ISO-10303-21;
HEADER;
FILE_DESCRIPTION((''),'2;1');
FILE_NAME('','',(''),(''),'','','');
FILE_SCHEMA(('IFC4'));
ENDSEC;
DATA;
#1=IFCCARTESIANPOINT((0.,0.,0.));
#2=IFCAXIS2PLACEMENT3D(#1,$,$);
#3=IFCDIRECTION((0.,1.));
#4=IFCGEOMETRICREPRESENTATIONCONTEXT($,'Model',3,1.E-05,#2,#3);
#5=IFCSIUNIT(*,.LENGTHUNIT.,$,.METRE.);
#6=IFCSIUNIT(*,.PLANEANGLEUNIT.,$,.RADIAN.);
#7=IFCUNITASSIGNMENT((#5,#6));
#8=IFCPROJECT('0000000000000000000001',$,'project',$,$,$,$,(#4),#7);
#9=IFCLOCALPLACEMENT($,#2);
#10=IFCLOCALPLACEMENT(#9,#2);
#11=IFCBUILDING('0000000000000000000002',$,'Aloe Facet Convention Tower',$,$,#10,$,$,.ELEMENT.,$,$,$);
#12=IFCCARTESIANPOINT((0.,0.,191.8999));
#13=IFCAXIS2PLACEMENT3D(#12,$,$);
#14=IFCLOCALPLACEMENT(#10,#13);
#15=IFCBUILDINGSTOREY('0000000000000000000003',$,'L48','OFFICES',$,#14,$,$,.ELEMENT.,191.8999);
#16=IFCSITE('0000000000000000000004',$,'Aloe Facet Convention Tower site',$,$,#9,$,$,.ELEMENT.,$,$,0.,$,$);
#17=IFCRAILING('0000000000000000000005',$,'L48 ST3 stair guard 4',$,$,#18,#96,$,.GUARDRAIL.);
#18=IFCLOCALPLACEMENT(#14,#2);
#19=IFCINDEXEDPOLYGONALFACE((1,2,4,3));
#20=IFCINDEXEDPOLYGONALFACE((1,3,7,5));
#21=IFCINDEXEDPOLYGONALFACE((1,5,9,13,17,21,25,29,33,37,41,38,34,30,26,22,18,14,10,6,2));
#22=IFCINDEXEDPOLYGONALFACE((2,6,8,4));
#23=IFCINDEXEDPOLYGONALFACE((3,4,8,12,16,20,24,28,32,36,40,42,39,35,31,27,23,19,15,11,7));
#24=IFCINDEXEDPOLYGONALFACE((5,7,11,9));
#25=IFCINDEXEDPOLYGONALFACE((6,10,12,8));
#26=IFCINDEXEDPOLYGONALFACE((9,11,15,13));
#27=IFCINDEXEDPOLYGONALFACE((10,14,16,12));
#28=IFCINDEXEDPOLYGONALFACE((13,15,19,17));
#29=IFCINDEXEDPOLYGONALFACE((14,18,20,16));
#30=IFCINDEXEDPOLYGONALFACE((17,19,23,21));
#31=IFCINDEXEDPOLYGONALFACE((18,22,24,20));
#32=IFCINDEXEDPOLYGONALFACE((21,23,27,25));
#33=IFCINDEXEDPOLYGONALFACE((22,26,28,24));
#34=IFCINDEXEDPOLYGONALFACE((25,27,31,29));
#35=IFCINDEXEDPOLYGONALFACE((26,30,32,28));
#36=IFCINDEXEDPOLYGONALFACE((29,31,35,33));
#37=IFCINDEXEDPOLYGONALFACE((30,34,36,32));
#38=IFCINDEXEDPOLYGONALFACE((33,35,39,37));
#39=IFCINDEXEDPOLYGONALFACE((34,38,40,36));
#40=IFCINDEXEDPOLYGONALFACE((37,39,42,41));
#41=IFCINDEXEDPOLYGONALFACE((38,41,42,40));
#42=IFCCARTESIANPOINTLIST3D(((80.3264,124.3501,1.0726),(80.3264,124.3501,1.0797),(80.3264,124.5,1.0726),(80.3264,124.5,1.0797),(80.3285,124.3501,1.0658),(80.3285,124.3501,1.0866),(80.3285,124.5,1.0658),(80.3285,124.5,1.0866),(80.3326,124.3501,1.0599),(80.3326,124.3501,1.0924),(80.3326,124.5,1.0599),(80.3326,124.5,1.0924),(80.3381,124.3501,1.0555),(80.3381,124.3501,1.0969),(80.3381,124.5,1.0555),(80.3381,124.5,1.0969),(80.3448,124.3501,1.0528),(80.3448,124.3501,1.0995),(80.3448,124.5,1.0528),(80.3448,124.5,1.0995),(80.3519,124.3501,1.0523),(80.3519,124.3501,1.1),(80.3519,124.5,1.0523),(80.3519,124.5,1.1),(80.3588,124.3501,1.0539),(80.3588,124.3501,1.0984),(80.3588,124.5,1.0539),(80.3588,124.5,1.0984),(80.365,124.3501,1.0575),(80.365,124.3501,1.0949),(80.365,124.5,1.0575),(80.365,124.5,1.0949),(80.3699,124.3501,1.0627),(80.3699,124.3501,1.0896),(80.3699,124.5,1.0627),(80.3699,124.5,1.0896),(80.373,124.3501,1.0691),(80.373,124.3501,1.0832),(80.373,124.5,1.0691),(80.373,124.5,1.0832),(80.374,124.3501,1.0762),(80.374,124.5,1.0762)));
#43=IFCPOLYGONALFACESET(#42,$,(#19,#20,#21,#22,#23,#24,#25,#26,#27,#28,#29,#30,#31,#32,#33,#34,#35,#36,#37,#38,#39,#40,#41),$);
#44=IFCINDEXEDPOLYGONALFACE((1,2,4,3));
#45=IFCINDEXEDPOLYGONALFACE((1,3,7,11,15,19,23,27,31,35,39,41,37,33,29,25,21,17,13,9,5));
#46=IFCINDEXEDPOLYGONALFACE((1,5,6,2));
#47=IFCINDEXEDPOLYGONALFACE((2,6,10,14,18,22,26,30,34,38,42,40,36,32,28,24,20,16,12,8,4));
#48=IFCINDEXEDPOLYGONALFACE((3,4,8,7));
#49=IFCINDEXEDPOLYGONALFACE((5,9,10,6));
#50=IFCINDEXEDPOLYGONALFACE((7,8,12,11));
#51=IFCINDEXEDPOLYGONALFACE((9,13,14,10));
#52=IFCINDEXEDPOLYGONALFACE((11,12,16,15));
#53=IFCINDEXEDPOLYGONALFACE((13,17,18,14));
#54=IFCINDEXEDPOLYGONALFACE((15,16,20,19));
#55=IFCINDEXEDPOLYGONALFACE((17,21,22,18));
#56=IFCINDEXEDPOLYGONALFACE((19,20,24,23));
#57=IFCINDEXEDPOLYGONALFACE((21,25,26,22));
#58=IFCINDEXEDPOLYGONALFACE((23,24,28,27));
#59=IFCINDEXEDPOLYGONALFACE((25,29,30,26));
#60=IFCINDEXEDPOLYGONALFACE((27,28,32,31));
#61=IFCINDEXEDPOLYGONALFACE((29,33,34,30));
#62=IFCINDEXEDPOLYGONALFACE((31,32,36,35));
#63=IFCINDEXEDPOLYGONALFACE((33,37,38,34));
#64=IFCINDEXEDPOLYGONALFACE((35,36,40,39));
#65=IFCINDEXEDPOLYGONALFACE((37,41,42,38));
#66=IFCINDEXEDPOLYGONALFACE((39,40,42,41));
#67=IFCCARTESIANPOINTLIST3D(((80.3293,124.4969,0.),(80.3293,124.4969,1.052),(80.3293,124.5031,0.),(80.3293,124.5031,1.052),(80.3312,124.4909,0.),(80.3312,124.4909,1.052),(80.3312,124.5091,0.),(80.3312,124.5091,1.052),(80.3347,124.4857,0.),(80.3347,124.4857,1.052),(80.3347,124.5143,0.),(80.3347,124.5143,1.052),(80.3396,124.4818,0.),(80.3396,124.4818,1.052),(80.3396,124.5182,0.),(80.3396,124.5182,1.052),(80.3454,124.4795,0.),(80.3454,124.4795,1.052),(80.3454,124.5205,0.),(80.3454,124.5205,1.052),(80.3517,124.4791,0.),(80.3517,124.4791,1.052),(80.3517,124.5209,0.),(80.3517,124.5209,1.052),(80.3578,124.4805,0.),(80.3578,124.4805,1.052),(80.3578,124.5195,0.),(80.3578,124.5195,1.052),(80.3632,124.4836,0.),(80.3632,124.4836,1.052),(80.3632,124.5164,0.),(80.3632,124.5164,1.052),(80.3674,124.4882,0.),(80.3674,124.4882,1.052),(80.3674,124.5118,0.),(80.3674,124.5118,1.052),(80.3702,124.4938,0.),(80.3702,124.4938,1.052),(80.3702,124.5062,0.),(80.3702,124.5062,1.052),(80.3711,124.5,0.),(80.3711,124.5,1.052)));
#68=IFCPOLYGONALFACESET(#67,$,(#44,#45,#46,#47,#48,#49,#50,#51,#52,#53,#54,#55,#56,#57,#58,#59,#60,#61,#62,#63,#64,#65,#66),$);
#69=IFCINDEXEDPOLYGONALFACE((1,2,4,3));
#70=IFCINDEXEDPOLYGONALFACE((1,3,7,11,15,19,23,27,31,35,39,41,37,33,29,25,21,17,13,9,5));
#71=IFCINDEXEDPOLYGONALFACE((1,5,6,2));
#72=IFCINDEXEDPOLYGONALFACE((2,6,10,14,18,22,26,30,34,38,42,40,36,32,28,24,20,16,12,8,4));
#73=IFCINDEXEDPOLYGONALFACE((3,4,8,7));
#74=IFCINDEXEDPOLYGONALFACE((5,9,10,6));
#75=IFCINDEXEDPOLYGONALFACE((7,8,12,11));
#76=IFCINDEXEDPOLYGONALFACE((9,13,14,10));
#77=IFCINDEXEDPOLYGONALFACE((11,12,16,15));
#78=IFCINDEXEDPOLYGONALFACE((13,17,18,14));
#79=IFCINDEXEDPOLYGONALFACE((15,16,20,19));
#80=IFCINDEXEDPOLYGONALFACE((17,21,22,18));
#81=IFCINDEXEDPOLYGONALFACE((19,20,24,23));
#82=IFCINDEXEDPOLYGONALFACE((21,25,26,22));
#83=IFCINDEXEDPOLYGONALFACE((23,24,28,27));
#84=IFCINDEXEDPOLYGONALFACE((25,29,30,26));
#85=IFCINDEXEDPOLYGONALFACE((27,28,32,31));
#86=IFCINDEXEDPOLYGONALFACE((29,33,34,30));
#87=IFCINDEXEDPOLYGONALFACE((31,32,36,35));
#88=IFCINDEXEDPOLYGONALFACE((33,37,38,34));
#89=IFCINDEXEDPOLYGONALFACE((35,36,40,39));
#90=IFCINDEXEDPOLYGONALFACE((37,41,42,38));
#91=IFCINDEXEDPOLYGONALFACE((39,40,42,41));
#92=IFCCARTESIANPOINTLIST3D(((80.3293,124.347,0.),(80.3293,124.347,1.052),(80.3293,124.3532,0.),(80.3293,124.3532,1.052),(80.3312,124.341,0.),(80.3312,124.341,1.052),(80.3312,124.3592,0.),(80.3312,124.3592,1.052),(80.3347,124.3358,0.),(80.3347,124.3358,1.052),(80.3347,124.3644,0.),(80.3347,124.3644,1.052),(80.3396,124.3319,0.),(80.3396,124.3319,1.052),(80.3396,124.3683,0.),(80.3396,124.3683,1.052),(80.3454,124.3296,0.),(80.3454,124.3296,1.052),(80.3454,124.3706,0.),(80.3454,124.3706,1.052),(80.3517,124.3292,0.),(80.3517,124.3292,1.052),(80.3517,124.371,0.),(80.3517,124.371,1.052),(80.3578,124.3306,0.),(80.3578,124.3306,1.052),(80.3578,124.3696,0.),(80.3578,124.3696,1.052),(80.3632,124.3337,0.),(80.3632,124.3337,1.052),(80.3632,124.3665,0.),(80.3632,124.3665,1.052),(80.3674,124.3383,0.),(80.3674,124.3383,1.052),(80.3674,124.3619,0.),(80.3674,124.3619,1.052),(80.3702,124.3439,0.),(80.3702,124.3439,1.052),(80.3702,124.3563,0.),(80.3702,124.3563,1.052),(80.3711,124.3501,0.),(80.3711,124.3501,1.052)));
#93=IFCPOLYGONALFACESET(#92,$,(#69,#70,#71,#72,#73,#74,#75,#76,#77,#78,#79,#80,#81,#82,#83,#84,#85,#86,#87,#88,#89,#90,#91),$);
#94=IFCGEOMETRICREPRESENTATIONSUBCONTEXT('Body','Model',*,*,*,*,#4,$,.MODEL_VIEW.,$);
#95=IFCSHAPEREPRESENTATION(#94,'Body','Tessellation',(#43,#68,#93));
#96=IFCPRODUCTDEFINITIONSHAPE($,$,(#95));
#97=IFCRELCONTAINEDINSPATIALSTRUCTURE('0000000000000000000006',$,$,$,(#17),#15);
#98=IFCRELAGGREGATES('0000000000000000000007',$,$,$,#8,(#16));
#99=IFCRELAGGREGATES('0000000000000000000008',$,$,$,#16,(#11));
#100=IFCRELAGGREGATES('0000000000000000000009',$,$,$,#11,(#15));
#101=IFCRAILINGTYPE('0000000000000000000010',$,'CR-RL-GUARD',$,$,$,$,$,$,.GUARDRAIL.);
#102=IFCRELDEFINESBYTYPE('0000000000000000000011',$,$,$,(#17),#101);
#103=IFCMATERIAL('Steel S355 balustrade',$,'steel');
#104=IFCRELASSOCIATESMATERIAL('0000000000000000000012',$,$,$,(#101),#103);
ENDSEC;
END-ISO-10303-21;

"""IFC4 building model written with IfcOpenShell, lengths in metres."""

from ifc_helpers import new_model, si_unit, direction, frame, origin, origin_2d, place, context, subcontext, project, spatial, circle, extrude, material, type_object, element, save


model = new_model("IFC4")

# Units and contexts
model_context = context("Model", 3, precision=1e-05, world=origin(), true_north=direction((0.0, 1.0)))
body_context = subcontext(model_context, "Body", "Model", "MODEL_VIEW")
ifc_project = project(units=[si_unit("LENGTHUNIT", "METRE"), si_unit("PLANEANGLEUNIT", "RADIAN")], contexts=[model_context])

# Site, building, storey
site_placement = place(None, origin())
site = spatial("IfcSite", under=ifc_project, at=site_placement, Name="Aloe Facet Convention Tower site", CompositionType="ELEMENT", RefElevation=0.0)
building_placement = place(site_placement, origin())
building = spatial("IfcBuilding", under=site, at=building_placement, Name="Aloe Facet Convention Tower", CompositionType="ELEMENT")
storey_placement = place(building_placement, frame((0.0, 0.0, 191.8999)))
storey = spatial("IfcBuildingStorey", under=building, at=storey_placement, Name="L48", Description="OFFICES", CompositionType="ELEMENT", Elevation=191.8999)

# Railing
ifc_material_1 = material(Name="Steel S355 balustrade", Category="steel")
railing_type_1 = type_object("IfcRailingType", Name="CR-RL-GUARD", PredefinedType="GUARDRAIL", material=ifc_material_1)
railing_1_placement = place(storey_placement, frame((80.3501, 124.5, 0.0)))
element("IfcRailing", 1, at=railing_1_placement, inside=storey, type_object=railing_type_1, Name="L48 ST3 stair guard 4", PredefinedType="GUARDRAIL", context=body_context, shape_type="SweptSolid", body=[
    extrude(circle(Radius=0.0239, at=origin_2d()), frame((0.0, 0.0, 1.0762), z_axis=(0.0, -1.0, 0.0), x_axis=(1.0, 0.0, 0.0)), (0.0, 0.0, 1.0), 0.1499),
    extrude(circle(Radius=0.021, at=origin_2d()), origin(), (0.0, 0.0, 1.0), 1.052),
    extrude(circle(Radius=0.021, at=origin_2d()), frame((0.0, -0.1499, 0.0)), (0.0, 0.0, 1.0), 1.052),
])

save(model, "model.ifc")
